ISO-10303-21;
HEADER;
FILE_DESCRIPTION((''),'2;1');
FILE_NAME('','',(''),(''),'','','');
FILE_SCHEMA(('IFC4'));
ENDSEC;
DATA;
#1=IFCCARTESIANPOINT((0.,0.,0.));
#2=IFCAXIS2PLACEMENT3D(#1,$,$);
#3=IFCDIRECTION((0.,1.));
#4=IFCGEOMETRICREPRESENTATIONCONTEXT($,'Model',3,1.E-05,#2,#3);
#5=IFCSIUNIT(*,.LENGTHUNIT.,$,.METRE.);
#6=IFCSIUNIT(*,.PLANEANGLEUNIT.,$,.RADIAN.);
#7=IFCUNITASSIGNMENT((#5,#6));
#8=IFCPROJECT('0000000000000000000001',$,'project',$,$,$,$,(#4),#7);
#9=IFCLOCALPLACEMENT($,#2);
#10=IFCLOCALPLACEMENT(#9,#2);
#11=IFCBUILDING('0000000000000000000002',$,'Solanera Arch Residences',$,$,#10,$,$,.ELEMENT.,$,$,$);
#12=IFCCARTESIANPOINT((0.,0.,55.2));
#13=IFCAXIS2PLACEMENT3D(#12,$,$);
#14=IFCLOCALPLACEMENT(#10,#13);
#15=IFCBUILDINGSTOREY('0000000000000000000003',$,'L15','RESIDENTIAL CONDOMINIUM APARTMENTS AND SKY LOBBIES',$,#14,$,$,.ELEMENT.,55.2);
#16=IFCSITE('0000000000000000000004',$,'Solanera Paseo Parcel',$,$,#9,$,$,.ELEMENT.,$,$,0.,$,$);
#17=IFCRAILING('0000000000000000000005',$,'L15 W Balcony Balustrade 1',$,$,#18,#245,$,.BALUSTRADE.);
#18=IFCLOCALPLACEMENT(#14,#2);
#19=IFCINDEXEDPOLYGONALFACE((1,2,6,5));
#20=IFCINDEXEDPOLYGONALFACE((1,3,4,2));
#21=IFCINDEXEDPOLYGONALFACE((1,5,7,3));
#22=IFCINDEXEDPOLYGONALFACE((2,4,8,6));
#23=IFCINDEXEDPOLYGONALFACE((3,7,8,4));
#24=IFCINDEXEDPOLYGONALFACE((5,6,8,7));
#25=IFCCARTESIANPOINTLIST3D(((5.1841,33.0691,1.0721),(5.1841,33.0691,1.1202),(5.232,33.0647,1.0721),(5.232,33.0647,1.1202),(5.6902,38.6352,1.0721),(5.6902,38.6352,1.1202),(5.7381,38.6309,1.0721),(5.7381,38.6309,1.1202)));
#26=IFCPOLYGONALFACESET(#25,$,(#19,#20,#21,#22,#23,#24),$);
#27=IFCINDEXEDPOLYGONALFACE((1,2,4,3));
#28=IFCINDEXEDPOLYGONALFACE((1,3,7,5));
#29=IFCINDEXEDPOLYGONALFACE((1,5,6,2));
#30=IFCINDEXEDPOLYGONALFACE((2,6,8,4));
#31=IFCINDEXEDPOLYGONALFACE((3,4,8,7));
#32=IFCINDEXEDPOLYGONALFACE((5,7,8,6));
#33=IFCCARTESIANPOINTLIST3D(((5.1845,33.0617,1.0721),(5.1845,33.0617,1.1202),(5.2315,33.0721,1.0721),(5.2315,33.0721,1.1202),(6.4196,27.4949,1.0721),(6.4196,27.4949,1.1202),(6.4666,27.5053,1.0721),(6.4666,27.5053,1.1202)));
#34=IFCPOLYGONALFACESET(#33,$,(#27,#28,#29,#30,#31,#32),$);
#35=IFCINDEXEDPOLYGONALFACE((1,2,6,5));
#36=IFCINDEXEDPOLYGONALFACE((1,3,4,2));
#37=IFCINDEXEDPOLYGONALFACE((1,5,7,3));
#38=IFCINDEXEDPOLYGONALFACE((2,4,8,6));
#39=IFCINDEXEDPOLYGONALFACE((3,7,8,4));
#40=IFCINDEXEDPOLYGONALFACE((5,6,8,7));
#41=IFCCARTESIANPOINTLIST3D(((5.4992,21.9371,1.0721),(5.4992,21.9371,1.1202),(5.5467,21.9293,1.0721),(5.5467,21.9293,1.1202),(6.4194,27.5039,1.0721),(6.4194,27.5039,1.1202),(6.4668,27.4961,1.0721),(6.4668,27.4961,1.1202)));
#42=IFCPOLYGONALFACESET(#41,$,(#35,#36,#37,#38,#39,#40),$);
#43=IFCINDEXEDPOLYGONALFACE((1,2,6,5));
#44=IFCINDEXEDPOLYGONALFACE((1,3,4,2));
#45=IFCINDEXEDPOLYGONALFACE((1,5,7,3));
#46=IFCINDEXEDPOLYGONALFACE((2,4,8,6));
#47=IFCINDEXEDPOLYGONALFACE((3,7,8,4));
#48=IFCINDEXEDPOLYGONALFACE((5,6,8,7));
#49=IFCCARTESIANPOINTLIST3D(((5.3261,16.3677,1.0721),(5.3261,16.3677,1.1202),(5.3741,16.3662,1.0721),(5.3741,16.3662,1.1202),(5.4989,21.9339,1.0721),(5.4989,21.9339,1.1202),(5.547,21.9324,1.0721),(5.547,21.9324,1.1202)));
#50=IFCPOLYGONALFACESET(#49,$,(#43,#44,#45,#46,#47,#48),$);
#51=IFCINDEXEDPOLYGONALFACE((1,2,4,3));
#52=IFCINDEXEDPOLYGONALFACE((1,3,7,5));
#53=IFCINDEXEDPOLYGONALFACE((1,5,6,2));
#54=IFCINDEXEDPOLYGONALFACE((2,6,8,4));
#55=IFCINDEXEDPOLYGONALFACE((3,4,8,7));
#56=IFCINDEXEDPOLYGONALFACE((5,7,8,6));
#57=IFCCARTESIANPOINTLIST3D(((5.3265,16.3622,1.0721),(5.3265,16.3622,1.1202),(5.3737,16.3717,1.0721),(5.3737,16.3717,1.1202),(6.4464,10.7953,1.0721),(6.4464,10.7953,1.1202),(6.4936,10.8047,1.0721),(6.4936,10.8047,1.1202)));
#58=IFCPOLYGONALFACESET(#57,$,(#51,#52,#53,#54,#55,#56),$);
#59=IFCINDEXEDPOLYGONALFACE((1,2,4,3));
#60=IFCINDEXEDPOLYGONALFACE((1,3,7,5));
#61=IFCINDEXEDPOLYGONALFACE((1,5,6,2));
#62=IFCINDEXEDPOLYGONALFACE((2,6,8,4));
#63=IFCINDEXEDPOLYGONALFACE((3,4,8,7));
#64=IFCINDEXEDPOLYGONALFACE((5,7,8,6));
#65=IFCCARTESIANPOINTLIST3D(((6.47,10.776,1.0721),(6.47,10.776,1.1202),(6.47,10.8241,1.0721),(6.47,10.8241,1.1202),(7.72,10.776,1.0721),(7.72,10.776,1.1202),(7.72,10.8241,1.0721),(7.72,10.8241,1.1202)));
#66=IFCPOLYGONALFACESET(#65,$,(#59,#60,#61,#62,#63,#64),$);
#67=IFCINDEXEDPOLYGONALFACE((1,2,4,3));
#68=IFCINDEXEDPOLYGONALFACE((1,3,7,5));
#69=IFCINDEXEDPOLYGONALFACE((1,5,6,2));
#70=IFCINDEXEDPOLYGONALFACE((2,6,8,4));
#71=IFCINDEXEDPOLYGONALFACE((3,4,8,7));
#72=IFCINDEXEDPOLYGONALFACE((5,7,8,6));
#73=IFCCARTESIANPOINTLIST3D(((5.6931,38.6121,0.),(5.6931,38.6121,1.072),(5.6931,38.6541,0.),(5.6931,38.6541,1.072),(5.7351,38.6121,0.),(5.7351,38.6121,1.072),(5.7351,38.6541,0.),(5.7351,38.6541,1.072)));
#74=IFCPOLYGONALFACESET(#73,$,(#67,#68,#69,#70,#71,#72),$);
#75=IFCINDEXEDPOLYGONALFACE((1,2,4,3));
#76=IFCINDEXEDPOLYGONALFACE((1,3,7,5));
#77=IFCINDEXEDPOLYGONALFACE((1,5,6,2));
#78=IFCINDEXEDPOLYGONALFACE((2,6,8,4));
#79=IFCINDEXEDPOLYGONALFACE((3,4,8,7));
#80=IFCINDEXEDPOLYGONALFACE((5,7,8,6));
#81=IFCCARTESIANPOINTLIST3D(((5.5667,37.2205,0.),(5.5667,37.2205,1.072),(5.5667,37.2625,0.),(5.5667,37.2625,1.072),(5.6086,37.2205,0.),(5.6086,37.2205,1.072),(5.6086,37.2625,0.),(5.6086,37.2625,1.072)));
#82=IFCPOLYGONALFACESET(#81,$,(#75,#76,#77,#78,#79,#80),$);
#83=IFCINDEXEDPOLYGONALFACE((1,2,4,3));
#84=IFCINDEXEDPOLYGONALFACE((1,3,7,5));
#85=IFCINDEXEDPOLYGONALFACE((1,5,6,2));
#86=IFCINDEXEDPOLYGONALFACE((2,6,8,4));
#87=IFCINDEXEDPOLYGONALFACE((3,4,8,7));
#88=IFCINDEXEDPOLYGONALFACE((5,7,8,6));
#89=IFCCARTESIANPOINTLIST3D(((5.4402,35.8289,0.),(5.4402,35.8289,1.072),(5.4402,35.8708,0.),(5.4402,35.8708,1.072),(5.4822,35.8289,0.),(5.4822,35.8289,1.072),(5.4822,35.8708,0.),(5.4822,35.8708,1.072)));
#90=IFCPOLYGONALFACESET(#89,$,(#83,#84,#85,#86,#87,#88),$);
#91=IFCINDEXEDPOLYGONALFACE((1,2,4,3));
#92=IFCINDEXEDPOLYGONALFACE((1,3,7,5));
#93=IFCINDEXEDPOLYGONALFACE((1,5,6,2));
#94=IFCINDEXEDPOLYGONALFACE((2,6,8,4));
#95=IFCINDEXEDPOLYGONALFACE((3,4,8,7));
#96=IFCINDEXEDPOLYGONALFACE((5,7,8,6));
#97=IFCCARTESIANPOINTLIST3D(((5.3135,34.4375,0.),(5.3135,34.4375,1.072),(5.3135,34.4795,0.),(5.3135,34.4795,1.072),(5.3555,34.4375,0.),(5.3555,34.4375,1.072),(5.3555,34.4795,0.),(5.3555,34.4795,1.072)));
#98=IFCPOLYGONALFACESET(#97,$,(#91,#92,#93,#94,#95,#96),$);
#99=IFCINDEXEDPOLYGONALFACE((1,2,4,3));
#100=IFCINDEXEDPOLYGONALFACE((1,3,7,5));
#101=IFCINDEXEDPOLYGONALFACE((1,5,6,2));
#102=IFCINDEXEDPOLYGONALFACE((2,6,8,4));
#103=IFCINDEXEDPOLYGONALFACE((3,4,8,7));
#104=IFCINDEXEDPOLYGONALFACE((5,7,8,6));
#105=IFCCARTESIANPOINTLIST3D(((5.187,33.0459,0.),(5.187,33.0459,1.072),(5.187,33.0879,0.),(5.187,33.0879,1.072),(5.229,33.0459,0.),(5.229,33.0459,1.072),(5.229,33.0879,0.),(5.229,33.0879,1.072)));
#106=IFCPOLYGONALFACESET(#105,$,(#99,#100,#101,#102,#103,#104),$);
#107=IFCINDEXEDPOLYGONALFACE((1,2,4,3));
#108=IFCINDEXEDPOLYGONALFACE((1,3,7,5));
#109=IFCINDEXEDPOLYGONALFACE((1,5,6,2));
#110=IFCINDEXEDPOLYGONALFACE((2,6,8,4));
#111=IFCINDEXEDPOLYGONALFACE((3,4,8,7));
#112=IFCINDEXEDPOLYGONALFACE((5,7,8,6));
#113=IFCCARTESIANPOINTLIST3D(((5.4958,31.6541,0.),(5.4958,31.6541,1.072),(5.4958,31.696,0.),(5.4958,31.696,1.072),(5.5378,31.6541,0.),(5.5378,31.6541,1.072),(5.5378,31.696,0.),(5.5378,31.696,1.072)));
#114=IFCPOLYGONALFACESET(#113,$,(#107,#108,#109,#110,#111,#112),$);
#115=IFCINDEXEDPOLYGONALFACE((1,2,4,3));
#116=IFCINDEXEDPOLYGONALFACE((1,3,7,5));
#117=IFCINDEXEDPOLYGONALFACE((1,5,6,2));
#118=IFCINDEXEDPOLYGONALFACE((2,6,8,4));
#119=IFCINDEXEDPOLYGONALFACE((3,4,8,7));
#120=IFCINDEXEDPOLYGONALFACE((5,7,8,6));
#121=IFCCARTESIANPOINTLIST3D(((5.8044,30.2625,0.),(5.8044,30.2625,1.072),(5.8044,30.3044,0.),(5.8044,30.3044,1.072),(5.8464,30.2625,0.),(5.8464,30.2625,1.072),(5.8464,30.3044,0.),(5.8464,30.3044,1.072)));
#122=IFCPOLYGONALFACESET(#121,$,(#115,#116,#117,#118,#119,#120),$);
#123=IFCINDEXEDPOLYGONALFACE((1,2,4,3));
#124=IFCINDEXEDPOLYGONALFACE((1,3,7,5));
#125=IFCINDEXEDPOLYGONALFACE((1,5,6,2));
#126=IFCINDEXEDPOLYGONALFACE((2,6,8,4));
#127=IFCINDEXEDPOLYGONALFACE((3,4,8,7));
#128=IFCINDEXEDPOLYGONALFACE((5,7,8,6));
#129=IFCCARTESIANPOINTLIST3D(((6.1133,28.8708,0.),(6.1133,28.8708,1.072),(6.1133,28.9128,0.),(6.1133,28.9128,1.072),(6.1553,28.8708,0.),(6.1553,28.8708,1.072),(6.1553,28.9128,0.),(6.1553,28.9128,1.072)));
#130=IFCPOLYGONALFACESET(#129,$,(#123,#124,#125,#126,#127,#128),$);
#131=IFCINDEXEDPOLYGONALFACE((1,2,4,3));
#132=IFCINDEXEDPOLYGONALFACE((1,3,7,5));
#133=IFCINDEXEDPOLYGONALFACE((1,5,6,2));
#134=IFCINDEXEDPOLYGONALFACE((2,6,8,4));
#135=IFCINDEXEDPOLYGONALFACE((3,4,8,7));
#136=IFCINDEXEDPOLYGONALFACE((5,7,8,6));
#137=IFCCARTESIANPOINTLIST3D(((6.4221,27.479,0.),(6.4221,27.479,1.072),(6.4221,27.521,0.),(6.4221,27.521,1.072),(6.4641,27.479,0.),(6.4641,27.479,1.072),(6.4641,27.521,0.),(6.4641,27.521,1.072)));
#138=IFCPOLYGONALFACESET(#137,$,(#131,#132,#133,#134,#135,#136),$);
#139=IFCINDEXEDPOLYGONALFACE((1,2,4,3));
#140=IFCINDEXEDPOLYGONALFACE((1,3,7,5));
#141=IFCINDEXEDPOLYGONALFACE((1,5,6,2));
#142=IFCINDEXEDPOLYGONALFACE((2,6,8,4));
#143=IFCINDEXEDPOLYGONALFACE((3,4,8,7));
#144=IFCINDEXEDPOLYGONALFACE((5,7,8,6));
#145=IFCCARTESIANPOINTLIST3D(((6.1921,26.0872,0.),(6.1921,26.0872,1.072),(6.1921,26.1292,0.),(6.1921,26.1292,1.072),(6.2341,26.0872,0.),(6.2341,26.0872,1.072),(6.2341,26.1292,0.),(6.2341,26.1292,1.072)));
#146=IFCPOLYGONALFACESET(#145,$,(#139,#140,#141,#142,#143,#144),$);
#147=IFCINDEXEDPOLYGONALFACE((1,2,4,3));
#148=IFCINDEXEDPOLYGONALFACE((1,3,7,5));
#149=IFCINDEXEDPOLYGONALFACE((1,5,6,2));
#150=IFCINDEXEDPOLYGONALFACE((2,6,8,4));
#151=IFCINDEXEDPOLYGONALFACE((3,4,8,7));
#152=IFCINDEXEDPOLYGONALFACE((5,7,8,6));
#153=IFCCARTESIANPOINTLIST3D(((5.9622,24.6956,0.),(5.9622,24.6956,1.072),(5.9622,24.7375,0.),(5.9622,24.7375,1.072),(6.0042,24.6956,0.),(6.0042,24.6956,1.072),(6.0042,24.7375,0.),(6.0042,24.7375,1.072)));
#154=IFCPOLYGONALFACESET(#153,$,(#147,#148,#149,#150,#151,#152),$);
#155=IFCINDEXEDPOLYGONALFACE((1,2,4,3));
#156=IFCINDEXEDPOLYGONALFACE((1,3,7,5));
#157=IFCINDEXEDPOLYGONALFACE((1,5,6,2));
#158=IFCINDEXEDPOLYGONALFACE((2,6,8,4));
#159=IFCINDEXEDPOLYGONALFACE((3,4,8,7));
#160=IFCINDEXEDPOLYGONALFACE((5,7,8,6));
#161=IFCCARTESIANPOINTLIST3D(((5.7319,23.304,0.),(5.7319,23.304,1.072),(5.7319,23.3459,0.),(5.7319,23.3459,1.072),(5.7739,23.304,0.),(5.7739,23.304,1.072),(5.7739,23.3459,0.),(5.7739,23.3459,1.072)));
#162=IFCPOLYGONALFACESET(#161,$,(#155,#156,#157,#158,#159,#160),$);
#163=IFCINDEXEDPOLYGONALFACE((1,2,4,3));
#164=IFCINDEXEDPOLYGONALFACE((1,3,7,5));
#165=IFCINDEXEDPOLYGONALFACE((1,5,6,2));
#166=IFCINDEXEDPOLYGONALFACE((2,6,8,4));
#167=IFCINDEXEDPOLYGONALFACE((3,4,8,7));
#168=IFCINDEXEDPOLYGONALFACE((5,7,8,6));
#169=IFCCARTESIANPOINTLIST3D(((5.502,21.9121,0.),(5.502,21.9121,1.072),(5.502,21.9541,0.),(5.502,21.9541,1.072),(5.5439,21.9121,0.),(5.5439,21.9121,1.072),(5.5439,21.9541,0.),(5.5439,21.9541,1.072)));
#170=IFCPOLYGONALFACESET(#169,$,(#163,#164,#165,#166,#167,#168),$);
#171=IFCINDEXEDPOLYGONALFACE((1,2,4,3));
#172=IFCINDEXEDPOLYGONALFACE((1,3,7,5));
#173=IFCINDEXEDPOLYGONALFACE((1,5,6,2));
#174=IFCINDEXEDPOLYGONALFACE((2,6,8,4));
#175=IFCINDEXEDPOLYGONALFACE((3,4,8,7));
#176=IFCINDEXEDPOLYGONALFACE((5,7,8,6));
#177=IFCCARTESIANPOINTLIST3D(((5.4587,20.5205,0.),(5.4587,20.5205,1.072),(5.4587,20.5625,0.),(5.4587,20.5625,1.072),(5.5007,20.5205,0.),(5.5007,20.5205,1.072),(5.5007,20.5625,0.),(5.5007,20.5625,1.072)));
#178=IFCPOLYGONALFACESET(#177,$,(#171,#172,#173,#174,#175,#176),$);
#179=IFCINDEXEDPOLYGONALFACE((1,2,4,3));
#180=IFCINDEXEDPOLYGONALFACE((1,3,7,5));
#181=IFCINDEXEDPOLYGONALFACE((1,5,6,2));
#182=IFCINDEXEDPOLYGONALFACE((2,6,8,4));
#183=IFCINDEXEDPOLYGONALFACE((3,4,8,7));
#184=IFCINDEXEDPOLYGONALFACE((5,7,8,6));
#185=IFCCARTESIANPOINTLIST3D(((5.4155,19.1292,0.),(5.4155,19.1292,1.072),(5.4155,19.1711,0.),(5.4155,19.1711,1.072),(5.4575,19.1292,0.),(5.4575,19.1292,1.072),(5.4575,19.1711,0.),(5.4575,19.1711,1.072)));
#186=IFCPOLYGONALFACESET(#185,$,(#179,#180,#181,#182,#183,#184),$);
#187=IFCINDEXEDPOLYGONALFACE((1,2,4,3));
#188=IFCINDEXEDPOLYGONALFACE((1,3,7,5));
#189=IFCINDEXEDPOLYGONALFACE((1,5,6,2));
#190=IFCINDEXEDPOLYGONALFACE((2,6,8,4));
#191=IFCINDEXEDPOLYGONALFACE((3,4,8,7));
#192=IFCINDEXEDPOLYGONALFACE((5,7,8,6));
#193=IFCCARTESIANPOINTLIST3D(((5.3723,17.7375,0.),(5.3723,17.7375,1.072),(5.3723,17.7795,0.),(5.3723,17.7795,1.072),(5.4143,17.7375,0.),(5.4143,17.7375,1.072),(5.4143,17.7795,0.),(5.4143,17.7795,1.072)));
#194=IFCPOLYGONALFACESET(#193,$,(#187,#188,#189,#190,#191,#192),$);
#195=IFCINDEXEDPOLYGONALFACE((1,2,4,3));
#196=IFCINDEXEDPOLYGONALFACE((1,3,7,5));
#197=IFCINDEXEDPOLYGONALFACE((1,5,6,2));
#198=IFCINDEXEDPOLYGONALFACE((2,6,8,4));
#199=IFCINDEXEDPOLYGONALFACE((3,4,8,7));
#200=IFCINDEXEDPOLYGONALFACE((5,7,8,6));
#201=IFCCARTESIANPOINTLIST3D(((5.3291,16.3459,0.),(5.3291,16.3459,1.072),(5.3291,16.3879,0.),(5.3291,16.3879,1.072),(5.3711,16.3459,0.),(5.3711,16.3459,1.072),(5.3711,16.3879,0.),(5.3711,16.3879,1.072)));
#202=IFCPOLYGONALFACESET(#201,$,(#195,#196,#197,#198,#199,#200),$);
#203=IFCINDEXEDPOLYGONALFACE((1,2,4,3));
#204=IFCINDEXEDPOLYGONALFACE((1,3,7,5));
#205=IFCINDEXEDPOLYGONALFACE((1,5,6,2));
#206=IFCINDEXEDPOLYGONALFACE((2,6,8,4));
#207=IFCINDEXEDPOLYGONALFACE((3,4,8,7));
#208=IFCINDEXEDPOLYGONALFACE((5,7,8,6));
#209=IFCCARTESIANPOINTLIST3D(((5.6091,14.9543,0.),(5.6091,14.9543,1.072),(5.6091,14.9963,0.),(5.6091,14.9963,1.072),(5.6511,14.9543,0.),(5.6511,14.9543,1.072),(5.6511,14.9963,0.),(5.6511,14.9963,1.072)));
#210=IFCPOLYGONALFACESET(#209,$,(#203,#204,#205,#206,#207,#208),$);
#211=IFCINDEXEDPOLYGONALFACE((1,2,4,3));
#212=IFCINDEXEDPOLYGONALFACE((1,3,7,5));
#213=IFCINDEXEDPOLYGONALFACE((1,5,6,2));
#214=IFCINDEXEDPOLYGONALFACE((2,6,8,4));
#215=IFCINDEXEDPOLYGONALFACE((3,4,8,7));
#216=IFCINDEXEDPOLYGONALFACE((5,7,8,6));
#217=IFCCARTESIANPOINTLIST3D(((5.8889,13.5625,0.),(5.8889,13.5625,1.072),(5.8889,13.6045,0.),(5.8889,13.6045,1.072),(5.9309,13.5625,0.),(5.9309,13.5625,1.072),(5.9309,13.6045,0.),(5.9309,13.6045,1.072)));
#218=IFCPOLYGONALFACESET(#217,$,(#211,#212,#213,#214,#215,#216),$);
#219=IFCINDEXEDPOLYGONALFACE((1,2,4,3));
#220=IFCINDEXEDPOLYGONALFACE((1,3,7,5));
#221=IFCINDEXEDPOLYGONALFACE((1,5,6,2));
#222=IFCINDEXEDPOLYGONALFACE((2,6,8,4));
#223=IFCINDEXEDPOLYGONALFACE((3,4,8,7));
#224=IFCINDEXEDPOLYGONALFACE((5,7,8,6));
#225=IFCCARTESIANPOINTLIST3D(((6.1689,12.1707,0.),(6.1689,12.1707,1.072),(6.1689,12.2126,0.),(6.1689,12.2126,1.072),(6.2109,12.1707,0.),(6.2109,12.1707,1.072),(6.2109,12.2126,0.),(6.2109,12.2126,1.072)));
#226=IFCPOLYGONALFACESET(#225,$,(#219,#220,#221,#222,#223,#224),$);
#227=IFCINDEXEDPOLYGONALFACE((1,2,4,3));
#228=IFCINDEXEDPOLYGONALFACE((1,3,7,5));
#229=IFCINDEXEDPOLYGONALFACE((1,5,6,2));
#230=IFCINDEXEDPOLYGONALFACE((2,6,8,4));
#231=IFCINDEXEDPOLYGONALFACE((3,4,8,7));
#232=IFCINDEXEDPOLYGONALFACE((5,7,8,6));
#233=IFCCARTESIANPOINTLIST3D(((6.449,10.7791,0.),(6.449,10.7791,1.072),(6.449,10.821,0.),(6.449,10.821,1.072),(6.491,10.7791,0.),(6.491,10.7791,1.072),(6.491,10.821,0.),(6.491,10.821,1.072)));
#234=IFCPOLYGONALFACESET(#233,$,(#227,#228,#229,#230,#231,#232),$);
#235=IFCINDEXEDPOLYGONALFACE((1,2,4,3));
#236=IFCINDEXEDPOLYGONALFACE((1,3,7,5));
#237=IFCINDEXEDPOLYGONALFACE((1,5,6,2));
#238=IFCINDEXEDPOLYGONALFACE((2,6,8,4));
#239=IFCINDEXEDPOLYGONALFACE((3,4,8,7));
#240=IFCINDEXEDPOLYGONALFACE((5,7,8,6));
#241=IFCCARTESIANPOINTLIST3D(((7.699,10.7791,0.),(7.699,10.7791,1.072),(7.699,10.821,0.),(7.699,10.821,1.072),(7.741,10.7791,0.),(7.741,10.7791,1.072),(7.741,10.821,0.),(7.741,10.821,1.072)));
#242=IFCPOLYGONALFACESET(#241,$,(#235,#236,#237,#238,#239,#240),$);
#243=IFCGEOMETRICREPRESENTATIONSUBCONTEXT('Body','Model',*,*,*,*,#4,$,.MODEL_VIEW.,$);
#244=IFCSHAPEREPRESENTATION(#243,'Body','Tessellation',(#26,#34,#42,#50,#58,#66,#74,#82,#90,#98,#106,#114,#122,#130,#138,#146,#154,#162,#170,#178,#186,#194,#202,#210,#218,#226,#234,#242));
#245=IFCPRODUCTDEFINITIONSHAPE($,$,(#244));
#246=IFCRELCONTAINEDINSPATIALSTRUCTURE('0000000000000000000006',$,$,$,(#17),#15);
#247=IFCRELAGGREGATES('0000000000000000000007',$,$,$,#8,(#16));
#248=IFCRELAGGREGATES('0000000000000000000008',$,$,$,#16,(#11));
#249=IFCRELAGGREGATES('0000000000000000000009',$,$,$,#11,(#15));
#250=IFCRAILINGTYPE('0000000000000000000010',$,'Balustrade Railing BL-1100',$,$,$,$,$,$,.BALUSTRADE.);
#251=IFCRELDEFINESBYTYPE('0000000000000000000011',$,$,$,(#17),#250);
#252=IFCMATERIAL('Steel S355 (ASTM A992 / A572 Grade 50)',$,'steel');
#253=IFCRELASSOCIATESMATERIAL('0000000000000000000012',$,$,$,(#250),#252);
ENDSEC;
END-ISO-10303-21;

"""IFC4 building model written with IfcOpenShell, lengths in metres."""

from ifc_helpers import new_model, si_unit, direction, frame, origin, origin_2d, place, context, subcontext, project, spatial, rectangle, extrude, material, type_object, element, save


model = new_model("IFC4")

# Units and contexts
model_context = context("Model", 3, precision=1e-05, world=origin(), true_north=direction((0.0, 1.0)))
body_context = subcontext(model_context, "Body", "Model", "MODEL_VIEW")
ifc_project = project(units=[si_unit("LENGTHUNIT", "METRE"), si_unit("PLANEANGLEUNIT", "RADIAN")], contexts=[model_context])

# Site, building, storey
site_placement = place(None, origin())
site = spatial("IfcSite", under=ifc_project, at=site_placement, Name="Solanera Paseo Parcel", CompositionType="ELEMENT", RefElevation=0.0)
building_placement = place(site_placement, origin())
building = spatial("IfcBuilding", under=site, at=building_placement, Name="Solanera Arch Residences", CompositionType="ELEMENT")
storey_placement = place(building_placement, frame((0.0, 0.0, 55.2)))
storey = spatial("IfcBuildingStorey", under=building, at=storey_placement, Name="L15", Description="RESIDENTIAL CONDOMINIUM APARTMENTS AND SKY LOBBIES", CompositionType="ELEMENT", Elevation=55.2)

# Railing
ifc_material_1 = material(Name="Steel S355 (ASTM A992 / A572 Grade 50)", Category="steel")
railing_type = type_object("IfcRailingType", Name="Balustrade Railing BL-1100", PredefinedType="BALUSTRADE", material=ifc_material_1)
railing_placement = place(storey_placement, frame((5.7141, 38.6331, 0.0)))
element("IfcRailing", 1, at=railing_placement, inside=storey, type_object=railing_type, Name="L15 W Balcony Balustrade 1", PredefinedType="BALUSTRADE", context=body_context, shape_type="SweptSolid", body=[
    extrude(rectangle(XDim=0.0481, YDim=0.0481, at=origin_2d()), frame((0.0, 0.0, 1.0962), z_axis=(-0.090551, -0.995892, 0.0), x_axis=(0.995892, -0.090551, 0.0)), (0.0, 0.0, 1.0), 5.5891),
    extrude(rectangle(XDim=0.0481, YDim=0.0481, at=origin_2d()), frame((-0.5061, -5.5662, 1.0962), z_axis=(0.2166, -0.976261, 0.0), x_axis=(0.976261, 0.2166, 0.0)), (0.0, 0.0, 1.0), 5.7021),
    extrude(rectangle(XDim=0.0481, YDim=0.0481, at=origin_2d()), frame((0.729, -11.1331, 1.0962), z_axis=(-0.16308, -0.986613, 0.0), x_axis=(0.986613, -0.16308, 0.0)), (0.0, 0.0, 1.0), 5.6423),
    extrude(rectangle(XDim=0.0481, YDim=0.0481, at=origin_2d()), frame((-0.1912, -16.7, 1.0962), z_axis=(-0.031039, -0.999518, 0.0), x_axis=(0.999518, -0.031039, 0.0)), (0.0, 0.0, 1.0), 5.5688),
    extrude(rectangle(XDim=0.0481, YDim=0.0481, at=origin_2d()), frame((-0.364, -22.2661, 1.0962), z_axis=(0.197216, -0.98036, 0.0), x_axis=(0.98036, 0.197216, 0.0)), (0.0, 0.0, 1.0), 5.6785),
    extrude(rectangle(XDim=0.0481, YDim=0.0481, at=origin_2d()), frame((0.7559, -27.833, 1.0962), z_axis=(1.0, 0.0, 0.0), x_axis=(0.0, 1.0, 0.0)), (0.0, 0.0, 1.0), 1.25),
    extrude(rectangle(XDim=0.042, YDim=0.042, at=origin_2d()), origin(), (0.0, 0.0, 1.0), 1.072),
    extrude(rectangle(XDim=0.042, YDim=0.042, at=origin_2d()), frame((-0.1265, -1.3916, 0.0)), (0.0, 0.0, 1.0), 1.072),
    extrude(rectangle(XDim=0.042, YDim=0.042, at=origin_2d()), frame((-0.2529, -2.7832, 0.0)), (0.0, 0.0, 1.0), 1.072),
    extrude(rectangle(XDim=0.042, YDim=0.042, at=origin_2d()), frame((-0.3796, -4.1746, 0.0)), (0.0, 0.0, 1.0), 1.072),
    extrude(rectangle(XDim=0.042, YDim=0.042, at=origin_2d()), frame((-0.5061, -5.5662, 0.0)), (0.0, 0.0, 1.0), 1.072),
    extrude(rectangle(XDim=0.042, YDim=0.042, at=origin_2d()), frame((-0.1973, -6.958, 0.0)), (0.0, 0.0, 1.0), 1.072),
    extrude(rectangle(XDim=0.042, YDim=0.042, at=origin_2d()), frame((0.1113, -8.3496, 0.0)), (0.0, 0.0, 1.0), 1.072),
    extrude(rectangle(XDim=0.042, YDim=0.042, at=origin_2d()), frame((0.4202, -9.7412, 0.0)), (0.0, 0.0, 1.0), 1.072),
    extrude(rectangle(XDim=0.042, YDim=0.042, at=origin_2d()), frame((0.729, -11.1331, 0.0)), (0.0, 0.0, 1.0), 1.072),
    extrude(rectangle(XDim=0.042, YDim=0.042, at=origin_2d()), frame((0.499, -12.5249, 0.0)), (0.0, 0.0, 1.0), 1.072),
    extrude(rectangle(XDim=0.042, YDim=0.042, at=origin_2d()), frame((0.269, -13.9165, 0.0)), (0.0, 0.0, 1.0), 1.072),
    extrude(rectangle(XDim=0.042, YDim=0.042, at=origin_2d()), frame((0.0388, -15.3081, 0.0)), (0.0, 0.0, 1.0), 1.072),
    extrude(rectangle(XDim=0.042, YDim=0.042, at=origin_2d()), frame((-0.1912, -16.7, 0.0)), (0.0, 0.0, 1.0), 1.072),
    extrude(rectangle(XDim=0.042, YDim=0.042, at=origin_2d()), frame((-0.2344, -18.0916, 0.0)), (0.0, 0.0, 1.0), 1.072),
    extrude(rectangle(XDim=0.042, YDim=0.042, at=origin_2d()), frame((-0.2776, -19.4829, 0.0)), (0.0, 0.0, 1.0), 1.072),
    extrude(rectangle(XDim=0.042, YDim=0.042, at=origin_2d()), frame((-0.3208, -20.8745, 0.0)), (0.0, 0.0, 1.0), 1.072),
    extrude(rectangle(XDim=0.042, YDim=0.042, at=origin_2d()), frame((-0.364, -22.2661, 0.0)), (0.0, 0.0, 1.0), 1.072),
    extrude(rectangle(XDim=0.042, YDim=0.042, at=origin_2d()), frame((-0.084, -23.6577, 0.0)), (0.0, 0.0, 1.0), 1.072),
    extrude(rectangle(XDim=0.042, YDim=0.042, at=origin_2d()), frame((0.1958, -25.0496, 0.0)), (0.0, 0.0, 1.0), 1.072),
    extrude(rectangle(XDim=0.042, YDim=0.042, at=origin_2d()), frame((0.4758, -26.4414, 0.0)), (0.0, 0.0, 1.0), 1.072),
    extrude(rectangle(XDim=0.042, YDim=0.042, at=origin_2d()), frame((0.7559, -27.833, 0.0)), (0.0, 0.0, 1.0), 1.072),
    extrude(rectangle(XDim=0.042, YDim=0.042, at=origin_2d()), frame((2.0059, -27.833, 0.0)), (0.0, 0.0, 1.0), 1.072),
])

save(model, "model.ifc")
